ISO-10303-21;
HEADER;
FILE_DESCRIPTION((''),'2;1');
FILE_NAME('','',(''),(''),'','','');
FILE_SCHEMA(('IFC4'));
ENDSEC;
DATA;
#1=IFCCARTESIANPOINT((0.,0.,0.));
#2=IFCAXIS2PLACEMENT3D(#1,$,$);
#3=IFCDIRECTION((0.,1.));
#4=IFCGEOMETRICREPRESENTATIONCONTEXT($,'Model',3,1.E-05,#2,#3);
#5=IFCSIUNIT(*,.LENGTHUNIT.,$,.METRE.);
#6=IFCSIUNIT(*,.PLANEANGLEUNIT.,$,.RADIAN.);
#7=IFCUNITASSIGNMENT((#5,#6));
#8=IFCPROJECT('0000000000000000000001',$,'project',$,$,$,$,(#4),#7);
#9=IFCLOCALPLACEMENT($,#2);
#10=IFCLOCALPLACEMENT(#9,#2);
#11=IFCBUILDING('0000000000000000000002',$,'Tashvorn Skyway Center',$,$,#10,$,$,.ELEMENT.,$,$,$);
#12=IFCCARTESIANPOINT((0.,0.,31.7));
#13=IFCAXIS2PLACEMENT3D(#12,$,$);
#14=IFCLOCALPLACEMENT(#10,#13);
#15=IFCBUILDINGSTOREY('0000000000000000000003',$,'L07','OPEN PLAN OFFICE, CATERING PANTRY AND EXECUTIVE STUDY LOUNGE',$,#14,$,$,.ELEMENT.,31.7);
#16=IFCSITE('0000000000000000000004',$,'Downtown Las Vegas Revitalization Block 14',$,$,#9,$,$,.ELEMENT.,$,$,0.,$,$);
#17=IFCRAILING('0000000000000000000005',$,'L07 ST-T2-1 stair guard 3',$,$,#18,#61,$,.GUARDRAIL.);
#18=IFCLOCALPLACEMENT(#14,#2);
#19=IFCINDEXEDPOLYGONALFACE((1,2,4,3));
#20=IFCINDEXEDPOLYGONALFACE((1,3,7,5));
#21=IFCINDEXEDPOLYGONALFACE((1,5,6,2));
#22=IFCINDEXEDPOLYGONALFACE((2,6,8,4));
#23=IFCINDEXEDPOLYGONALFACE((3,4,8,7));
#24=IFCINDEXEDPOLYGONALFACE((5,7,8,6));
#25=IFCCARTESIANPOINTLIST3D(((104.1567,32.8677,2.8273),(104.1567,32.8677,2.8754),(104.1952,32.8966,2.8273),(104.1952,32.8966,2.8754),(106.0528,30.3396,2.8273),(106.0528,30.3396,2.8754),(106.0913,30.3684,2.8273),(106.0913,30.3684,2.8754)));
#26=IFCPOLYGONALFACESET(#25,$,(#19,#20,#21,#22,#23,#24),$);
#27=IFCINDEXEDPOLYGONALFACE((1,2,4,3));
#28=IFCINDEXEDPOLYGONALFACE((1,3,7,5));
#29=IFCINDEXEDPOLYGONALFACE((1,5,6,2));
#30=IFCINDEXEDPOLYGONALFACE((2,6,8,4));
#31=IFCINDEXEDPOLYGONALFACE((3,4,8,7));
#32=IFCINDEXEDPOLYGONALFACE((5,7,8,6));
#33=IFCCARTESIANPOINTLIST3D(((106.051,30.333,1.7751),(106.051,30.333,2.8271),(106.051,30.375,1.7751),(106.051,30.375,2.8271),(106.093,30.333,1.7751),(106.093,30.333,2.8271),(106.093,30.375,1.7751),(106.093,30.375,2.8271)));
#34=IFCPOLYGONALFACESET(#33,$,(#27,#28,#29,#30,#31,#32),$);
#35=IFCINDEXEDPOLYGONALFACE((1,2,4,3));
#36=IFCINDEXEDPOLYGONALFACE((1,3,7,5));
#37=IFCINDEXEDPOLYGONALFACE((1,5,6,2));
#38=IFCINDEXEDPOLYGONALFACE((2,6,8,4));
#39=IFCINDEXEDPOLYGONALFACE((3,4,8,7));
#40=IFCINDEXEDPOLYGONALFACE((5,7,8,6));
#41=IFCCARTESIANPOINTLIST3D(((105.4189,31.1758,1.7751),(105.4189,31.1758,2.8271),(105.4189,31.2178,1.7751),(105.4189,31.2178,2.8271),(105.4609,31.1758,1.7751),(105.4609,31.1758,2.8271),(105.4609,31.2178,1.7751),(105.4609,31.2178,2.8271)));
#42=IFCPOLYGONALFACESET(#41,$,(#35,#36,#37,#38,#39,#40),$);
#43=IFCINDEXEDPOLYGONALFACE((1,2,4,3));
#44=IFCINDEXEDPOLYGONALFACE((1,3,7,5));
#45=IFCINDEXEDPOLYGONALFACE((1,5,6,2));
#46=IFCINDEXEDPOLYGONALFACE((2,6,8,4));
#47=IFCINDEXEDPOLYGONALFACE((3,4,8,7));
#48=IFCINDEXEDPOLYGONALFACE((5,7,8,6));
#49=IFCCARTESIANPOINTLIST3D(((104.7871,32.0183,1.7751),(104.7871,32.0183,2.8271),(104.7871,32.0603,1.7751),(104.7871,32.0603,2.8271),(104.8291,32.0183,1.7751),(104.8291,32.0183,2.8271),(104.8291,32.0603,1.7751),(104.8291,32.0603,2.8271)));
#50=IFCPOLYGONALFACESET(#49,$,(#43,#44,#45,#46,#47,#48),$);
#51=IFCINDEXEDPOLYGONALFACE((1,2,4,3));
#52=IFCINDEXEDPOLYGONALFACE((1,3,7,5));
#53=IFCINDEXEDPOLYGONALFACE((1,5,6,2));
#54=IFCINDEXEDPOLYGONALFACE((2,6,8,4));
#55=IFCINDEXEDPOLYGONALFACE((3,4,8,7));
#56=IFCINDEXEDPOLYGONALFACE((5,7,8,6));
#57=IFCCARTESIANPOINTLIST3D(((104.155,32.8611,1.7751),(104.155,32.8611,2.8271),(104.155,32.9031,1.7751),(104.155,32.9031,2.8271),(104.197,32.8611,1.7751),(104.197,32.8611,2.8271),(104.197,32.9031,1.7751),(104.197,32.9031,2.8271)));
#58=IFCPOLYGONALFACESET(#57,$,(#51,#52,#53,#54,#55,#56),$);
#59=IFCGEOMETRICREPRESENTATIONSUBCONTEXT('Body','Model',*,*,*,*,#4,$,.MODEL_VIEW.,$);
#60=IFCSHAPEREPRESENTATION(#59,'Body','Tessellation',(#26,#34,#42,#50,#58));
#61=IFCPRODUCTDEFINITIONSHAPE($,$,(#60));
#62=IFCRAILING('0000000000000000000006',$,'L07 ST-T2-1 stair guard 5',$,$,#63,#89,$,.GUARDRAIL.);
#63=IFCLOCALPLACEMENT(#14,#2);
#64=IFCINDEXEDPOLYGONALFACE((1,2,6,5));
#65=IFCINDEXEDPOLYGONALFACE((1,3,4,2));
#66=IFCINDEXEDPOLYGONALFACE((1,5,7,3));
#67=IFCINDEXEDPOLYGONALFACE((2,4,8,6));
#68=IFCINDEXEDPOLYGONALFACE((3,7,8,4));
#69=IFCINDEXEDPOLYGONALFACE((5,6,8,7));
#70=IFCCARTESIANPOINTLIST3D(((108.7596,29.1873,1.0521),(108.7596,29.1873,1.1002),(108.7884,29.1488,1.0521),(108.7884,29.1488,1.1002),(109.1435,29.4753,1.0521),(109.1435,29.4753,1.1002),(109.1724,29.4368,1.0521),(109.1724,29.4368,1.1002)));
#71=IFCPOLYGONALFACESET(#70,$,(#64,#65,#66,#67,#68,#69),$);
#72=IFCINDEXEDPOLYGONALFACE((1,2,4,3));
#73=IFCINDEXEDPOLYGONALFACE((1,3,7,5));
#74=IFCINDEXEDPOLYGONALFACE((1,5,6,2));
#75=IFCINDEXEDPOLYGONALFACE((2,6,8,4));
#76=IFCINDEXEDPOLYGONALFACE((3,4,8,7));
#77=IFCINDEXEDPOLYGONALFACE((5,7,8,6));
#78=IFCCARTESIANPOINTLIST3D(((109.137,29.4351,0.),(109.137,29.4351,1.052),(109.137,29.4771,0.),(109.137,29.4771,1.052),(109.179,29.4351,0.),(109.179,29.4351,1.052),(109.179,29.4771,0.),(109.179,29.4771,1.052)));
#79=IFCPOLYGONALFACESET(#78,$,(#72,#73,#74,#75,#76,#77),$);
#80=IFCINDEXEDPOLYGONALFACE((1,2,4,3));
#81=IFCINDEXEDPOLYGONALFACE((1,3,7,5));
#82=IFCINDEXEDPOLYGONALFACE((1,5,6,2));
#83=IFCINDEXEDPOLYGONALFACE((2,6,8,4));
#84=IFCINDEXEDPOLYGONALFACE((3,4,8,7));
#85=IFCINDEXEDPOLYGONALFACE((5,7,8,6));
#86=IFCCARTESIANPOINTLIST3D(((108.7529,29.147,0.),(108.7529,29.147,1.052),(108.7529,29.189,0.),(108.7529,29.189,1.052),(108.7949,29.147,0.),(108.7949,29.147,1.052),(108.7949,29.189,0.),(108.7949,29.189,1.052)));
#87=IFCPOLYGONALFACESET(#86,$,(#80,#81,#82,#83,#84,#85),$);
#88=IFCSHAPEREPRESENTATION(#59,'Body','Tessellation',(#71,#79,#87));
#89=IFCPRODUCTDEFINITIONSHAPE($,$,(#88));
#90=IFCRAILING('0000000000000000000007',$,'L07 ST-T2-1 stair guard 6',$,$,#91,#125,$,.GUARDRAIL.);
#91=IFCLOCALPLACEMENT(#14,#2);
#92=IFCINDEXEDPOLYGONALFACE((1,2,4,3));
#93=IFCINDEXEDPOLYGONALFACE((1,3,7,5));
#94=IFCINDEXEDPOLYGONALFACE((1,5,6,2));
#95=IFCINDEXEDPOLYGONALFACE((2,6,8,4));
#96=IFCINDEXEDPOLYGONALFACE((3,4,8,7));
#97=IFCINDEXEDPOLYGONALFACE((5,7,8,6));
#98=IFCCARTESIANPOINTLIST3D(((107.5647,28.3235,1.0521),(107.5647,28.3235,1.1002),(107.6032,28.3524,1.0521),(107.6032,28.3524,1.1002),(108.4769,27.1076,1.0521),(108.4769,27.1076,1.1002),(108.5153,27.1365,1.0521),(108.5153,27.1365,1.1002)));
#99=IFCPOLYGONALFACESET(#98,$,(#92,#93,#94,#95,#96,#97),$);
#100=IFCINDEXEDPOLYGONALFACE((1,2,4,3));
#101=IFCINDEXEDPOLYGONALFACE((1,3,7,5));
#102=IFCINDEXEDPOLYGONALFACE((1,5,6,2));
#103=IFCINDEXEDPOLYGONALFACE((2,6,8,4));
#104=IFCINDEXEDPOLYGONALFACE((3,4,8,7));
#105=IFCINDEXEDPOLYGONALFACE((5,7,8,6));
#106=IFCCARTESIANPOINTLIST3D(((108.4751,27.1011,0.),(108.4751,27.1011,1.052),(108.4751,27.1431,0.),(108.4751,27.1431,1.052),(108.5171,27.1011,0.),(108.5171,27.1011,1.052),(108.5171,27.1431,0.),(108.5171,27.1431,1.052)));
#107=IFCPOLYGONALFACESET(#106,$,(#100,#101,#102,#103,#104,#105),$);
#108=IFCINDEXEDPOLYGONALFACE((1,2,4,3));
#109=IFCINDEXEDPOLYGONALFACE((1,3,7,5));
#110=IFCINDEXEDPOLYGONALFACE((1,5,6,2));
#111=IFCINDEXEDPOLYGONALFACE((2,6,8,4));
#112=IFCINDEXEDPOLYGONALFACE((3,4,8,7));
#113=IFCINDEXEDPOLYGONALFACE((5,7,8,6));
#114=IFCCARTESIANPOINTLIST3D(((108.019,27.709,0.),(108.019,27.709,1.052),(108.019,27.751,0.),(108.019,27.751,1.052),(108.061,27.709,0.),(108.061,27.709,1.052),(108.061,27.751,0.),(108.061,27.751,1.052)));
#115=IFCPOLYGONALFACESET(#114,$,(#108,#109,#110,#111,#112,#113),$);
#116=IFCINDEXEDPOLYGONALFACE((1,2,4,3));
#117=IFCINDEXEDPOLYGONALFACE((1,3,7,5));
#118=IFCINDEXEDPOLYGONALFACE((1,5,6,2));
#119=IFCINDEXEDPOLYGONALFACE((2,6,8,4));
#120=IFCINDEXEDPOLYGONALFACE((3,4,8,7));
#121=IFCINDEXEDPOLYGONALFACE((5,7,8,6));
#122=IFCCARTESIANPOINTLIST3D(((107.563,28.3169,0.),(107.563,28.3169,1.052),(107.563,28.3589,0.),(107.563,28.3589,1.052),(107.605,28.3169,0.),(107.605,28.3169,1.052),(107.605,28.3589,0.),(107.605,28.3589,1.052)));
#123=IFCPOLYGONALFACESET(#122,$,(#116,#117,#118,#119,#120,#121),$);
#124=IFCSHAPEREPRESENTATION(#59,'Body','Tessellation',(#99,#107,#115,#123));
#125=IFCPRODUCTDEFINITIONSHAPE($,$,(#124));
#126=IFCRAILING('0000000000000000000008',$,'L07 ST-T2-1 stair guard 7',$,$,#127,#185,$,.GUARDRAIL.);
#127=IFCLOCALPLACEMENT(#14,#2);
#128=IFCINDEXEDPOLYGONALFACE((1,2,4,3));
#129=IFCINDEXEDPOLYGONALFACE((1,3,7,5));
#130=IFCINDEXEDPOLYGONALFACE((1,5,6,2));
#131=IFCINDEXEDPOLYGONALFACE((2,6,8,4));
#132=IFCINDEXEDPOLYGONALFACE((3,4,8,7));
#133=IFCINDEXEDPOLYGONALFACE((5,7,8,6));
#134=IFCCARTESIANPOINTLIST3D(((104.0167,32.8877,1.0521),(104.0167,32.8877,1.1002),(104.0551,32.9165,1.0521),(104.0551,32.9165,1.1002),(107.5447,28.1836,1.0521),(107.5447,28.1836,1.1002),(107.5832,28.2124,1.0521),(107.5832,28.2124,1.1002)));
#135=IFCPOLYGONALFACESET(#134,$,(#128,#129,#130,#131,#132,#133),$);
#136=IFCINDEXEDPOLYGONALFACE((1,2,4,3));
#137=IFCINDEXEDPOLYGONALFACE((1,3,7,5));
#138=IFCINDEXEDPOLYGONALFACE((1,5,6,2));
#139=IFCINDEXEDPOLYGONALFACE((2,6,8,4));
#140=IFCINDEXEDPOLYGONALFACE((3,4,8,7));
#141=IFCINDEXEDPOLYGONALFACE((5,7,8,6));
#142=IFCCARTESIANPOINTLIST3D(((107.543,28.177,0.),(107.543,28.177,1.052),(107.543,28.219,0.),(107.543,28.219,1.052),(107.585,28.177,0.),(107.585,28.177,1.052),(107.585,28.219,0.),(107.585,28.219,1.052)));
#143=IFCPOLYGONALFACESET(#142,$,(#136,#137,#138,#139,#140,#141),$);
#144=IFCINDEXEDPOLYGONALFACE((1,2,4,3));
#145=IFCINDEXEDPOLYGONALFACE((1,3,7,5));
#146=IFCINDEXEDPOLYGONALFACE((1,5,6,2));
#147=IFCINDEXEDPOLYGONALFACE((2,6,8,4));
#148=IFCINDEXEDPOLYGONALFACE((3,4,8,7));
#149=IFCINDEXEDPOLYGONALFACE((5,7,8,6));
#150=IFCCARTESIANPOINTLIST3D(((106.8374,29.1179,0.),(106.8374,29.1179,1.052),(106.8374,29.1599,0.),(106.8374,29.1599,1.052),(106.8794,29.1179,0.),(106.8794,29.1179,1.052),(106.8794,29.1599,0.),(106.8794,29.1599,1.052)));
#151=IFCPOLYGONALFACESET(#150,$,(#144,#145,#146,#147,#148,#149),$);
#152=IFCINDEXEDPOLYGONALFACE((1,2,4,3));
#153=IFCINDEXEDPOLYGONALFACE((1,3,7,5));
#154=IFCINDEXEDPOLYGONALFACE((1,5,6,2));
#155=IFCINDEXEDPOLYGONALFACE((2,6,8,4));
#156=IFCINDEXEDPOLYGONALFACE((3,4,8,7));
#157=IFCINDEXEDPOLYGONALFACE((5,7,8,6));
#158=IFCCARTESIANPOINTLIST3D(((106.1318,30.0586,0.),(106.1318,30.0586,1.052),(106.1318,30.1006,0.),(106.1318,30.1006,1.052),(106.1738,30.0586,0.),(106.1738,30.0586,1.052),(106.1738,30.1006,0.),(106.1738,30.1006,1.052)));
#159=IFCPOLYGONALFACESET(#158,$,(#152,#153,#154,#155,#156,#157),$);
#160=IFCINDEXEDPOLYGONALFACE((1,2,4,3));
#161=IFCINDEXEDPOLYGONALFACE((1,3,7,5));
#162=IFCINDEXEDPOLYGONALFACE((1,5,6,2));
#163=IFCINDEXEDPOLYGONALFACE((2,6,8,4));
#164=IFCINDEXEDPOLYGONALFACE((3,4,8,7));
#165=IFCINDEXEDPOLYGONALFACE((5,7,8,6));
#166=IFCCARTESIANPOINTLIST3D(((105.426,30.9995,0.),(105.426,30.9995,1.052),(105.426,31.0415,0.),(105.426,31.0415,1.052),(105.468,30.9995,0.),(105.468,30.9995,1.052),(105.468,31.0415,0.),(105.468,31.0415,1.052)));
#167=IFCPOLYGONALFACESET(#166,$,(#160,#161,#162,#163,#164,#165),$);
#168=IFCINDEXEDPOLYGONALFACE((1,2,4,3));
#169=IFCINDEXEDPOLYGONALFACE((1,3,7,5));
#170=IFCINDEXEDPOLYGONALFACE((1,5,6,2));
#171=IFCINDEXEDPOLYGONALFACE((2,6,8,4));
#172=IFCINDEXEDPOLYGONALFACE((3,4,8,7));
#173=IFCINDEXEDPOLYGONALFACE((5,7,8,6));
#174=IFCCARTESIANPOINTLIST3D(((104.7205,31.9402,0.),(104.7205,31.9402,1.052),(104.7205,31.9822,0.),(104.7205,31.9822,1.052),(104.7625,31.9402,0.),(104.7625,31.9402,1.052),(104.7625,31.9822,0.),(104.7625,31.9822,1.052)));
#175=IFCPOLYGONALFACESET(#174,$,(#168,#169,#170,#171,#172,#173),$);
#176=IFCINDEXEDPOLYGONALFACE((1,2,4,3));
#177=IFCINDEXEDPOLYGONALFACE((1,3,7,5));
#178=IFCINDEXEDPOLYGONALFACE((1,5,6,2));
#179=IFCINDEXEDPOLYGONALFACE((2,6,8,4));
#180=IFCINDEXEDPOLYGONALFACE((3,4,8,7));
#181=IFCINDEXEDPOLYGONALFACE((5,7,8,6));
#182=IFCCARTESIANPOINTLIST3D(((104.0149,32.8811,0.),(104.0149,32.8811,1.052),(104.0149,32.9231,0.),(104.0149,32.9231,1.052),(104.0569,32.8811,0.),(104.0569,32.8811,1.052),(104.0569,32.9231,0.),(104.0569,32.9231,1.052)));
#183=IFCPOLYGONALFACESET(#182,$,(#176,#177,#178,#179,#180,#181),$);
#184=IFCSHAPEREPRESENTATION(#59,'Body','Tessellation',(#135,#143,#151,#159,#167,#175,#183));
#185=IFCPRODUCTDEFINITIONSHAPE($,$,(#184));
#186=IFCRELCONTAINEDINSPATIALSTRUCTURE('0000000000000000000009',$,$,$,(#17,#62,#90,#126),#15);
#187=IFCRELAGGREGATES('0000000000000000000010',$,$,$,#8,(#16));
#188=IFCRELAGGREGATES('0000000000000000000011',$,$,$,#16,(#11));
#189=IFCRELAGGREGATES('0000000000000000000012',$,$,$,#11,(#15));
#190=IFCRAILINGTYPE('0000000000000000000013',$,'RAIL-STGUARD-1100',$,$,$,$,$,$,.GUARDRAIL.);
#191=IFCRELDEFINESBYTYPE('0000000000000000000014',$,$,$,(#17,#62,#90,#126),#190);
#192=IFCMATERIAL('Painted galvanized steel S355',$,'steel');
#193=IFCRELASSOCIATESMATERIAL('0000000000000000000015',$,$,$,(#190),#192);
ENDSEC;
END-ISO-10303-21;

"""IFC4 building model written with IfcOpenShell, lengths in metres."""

from ifc_helpers import new_model, si_unit, direction, frame, origin, origin_2d, place, context, subcontext, project, spatial, rectangle, extrude, material, type_object, element, save


model = new_model("IFC4")

# Units and contexts
model_context = context("Model", 3, precision=1e-05, world=origin(), true_north=direction((0.0, 1.0)))
body_context = subcontext(model_context, "Body", "Model", "MODEL_VIEW")
ifc_project = project(units=[si_unit("LENGTHUNIT", "METRE"), si_unit("PLANEANGLEUNIT", "RADIAN")], contexts=[model_context])

# Site, building, storey
site_placement = place(None, origin())
site = spatial("IfcSite", under=ifc_project, at=site_placement, Name="Downtown Las Vegas Revitalization Block 14", CompositionType="ELEMENT", RefElevation=0.0)
building_placement = place(site_placement, origin())
building = spatial("IfcBuilding", under=site, at=building_placement, Name="Tashvorn Skyway Center", CompositionType="ELEMENT")
storey_placement = place(building_placement, frame((0.0, 0.0, 31.7)))
storey = spatial("IfcBuildingStorey", under=building, at=storey_placement, Name="L07", Description="OPEN PLAN OFFICE, CATERING PANTRY AND EXECUTIVE STUDY LOUNGE", CompositionType="ELEMENT", Elevation=31.7)

# Railings
ifc_material_1 = material(Name="Painted galvanized steel S355", Category="steel")
railing_type = type_object("IfcRailingType", Name="RAIL-STGUARD-1100", PredefinedType="GUARDRAIL", material=ifc_material_1)
railing_1_placement = place(storey_placement, frame((106.072, 30.354, 1.7751)))
element("IfcRailing", 1, at=railing_1_placement, inside=storey, type_object=railing_type, Name="L07 ST-T2-1 stair guard 3", PredefinedType="GUARDRAIL", context=body_context, shape_type="SweptSolid", body=[
    extrude(rectangle(XDim=0.0481, YDim=0.0481, at=origin_2d()), frame((0.0, 0.0, 1.0762), z_axis=(-0.599988, 0.800009, 0.0), x_axis=(-0.800009, -0.599988, 0.0)), (0.0, 0.0, 1.0), 3.1602),
    extrude(rectangle(XDim=0.042, YDim=0.042, at=origin_2d()), origin(), (0.0, 0.0, 1.0), 1.052),
    extrude(rectangle(XDim=0.042, YDim=0.042, at=origin_2d()), frame((-0.6321, 0.8428, 0.0)), (0.0, 0.0, 1.0), 1.052),
    extrude(rectangle(XDim=0.042, YDim=0.042, at=origin_2d()), frame((-1.2639, 1.6853, 0.0)), (0.0, 0.0, 1.0), 1.052),
    extrude(rectangle(XDim=0.042, YDim=0.042, at=origin_2d()), frame((-1.896, 2.5281, 0.0)), (0.0, 0.0, 1.0), 1.052),
])
railing_2_placement = place(storey_placement, frame((109.158, 29.4561, 0.0)))
element("IfcRailing", 2, at=railing_2_placement, inside=storey, type_object=railing_type, Name="L07 ST-T2-1 stair guard 5", PredefinedType="GUARDRAIL", context=body_context, shape_type="SweptSolid", body=[
    extrude(rectangle(XDim=0.0481, YDim=0.0481, at=origin_2d()), frame((0.0, 0.0, 1.0762), z_axis=(-0.799939, -0.600081, 0.0), x_axis=(0.600081, -0.799939, 0.0)), (0.0, 0.0, 1.0), 0.48),
    extrude(rectangle(XDim=0.042, YDim=0.042, at=origin_2d()), origin(), (0.0, 0.0, 1.0), 1.052),
    extrude(rectangle(XDim=0.042, YDim=0.042, at=origin_2d()), frame((-0.384, -0.2881, 0.0)), (0.0, 0.0, 1.0), 1.052),
])
railing_3_placement = place(storey_placement, frame((108.4961, 27.1221, 0.0)))
element("IfcRailing", 3, at=railing_3_placement, inside=storey, type_object=railing_type, Name="L07 ST-T2-1 stair guard 6", PredefinedType="GUARDRAIL", context=body_context, shape_type="SweptSolid", body=[
    extrude(rectangle(XDim=0.0481, YDim=0.0481, at=origin_2d()), frame((0.0, 0.0, 1.0762), z_axis=(-0.600103, 0.799923, 0.0), x_axis=(-0.799923, -0.600103, 0.0)), (0.0, 0.0, 1.0), 1.52),
    extrude(rectangle(XDim=0.042, YDim=0.042, at=origin_2d()), origin(), (0.0, 0.0, 1.0), 1.052),
    extrude(rectangle(XDim=0.042, YDim=0.042, at=origin_2d()), frame((-0.4561, 0.6079, 0.0)), (0.0, 0.0, 1.0), 1.052),
    extrude(rectangle(XDim=0.042, YDim=0.042, at=origin_2d()), frame((-0.9121, 1.2158, 0.0)), (0.0, 0.0, 1.0), 1.052),
])
railing_4_placement = place(storey_placement, frame((107.564, 28.198, 0.0)))
element("IfcRailing", 4, at=railing_4_placement, inside=storey, type_object=railing_type, Name="L07 ST-T2-1 stair guard 7", PredefinedType="GUARDRAIL", context=body_context, shape_type="SweptSolid", body=[
    extrude(rectangle(XDim=0.0481, YDim=0.0481, at=origin_2d()), frame((0.0, 0.0, 1.0762), z_axis=(-0.6, 0.8, 0.0), x_axis=(-0.8, -0.6, 0.0)), (0.0, 0.0, 1.0), 5.8801),
    extrude(rectangle(XDim=0.042, YDim=0.042, at=origin_2d()), origin(), (0.0, 0.0, 1.0), 1.052),
    extrude(rectangle(XDim=0.042, YDim=0.042, at=origin_2d()), frame((-0.7056, 0.9409, 0.0)), (0.0, 0.0, 1.0), 1.052),
    extrude(rectangle(XDim=0.042, YDim=0.042, at=origin_2d()), frame((-1.4111, 1.8816, 0.0)), (0.0, 0.0, 1.0), 1.052),
    extrude(rectangle(XDim=0.042, YDim=0.042, at=origin_2d()), frame((-2.1169, 2.8225, 0.0)), (0.0, 0.0, 1.0), 1.052),
    extrude(rectangle(XDim=0.042, YDim=0.042, at=origin_2d()), frame((-2.8225, 3.7632, 0.0)), (0.0, 0.0, 1.0), 1.052),
    extrude(rectangle(XDim=0.042, YDim=0.042, at=origin_2d()), frame((-3.5281, 4.7041, 0.0)), (0.0, 0.0, 1.0), 1.052),
])

save(model, "model.ifc")
